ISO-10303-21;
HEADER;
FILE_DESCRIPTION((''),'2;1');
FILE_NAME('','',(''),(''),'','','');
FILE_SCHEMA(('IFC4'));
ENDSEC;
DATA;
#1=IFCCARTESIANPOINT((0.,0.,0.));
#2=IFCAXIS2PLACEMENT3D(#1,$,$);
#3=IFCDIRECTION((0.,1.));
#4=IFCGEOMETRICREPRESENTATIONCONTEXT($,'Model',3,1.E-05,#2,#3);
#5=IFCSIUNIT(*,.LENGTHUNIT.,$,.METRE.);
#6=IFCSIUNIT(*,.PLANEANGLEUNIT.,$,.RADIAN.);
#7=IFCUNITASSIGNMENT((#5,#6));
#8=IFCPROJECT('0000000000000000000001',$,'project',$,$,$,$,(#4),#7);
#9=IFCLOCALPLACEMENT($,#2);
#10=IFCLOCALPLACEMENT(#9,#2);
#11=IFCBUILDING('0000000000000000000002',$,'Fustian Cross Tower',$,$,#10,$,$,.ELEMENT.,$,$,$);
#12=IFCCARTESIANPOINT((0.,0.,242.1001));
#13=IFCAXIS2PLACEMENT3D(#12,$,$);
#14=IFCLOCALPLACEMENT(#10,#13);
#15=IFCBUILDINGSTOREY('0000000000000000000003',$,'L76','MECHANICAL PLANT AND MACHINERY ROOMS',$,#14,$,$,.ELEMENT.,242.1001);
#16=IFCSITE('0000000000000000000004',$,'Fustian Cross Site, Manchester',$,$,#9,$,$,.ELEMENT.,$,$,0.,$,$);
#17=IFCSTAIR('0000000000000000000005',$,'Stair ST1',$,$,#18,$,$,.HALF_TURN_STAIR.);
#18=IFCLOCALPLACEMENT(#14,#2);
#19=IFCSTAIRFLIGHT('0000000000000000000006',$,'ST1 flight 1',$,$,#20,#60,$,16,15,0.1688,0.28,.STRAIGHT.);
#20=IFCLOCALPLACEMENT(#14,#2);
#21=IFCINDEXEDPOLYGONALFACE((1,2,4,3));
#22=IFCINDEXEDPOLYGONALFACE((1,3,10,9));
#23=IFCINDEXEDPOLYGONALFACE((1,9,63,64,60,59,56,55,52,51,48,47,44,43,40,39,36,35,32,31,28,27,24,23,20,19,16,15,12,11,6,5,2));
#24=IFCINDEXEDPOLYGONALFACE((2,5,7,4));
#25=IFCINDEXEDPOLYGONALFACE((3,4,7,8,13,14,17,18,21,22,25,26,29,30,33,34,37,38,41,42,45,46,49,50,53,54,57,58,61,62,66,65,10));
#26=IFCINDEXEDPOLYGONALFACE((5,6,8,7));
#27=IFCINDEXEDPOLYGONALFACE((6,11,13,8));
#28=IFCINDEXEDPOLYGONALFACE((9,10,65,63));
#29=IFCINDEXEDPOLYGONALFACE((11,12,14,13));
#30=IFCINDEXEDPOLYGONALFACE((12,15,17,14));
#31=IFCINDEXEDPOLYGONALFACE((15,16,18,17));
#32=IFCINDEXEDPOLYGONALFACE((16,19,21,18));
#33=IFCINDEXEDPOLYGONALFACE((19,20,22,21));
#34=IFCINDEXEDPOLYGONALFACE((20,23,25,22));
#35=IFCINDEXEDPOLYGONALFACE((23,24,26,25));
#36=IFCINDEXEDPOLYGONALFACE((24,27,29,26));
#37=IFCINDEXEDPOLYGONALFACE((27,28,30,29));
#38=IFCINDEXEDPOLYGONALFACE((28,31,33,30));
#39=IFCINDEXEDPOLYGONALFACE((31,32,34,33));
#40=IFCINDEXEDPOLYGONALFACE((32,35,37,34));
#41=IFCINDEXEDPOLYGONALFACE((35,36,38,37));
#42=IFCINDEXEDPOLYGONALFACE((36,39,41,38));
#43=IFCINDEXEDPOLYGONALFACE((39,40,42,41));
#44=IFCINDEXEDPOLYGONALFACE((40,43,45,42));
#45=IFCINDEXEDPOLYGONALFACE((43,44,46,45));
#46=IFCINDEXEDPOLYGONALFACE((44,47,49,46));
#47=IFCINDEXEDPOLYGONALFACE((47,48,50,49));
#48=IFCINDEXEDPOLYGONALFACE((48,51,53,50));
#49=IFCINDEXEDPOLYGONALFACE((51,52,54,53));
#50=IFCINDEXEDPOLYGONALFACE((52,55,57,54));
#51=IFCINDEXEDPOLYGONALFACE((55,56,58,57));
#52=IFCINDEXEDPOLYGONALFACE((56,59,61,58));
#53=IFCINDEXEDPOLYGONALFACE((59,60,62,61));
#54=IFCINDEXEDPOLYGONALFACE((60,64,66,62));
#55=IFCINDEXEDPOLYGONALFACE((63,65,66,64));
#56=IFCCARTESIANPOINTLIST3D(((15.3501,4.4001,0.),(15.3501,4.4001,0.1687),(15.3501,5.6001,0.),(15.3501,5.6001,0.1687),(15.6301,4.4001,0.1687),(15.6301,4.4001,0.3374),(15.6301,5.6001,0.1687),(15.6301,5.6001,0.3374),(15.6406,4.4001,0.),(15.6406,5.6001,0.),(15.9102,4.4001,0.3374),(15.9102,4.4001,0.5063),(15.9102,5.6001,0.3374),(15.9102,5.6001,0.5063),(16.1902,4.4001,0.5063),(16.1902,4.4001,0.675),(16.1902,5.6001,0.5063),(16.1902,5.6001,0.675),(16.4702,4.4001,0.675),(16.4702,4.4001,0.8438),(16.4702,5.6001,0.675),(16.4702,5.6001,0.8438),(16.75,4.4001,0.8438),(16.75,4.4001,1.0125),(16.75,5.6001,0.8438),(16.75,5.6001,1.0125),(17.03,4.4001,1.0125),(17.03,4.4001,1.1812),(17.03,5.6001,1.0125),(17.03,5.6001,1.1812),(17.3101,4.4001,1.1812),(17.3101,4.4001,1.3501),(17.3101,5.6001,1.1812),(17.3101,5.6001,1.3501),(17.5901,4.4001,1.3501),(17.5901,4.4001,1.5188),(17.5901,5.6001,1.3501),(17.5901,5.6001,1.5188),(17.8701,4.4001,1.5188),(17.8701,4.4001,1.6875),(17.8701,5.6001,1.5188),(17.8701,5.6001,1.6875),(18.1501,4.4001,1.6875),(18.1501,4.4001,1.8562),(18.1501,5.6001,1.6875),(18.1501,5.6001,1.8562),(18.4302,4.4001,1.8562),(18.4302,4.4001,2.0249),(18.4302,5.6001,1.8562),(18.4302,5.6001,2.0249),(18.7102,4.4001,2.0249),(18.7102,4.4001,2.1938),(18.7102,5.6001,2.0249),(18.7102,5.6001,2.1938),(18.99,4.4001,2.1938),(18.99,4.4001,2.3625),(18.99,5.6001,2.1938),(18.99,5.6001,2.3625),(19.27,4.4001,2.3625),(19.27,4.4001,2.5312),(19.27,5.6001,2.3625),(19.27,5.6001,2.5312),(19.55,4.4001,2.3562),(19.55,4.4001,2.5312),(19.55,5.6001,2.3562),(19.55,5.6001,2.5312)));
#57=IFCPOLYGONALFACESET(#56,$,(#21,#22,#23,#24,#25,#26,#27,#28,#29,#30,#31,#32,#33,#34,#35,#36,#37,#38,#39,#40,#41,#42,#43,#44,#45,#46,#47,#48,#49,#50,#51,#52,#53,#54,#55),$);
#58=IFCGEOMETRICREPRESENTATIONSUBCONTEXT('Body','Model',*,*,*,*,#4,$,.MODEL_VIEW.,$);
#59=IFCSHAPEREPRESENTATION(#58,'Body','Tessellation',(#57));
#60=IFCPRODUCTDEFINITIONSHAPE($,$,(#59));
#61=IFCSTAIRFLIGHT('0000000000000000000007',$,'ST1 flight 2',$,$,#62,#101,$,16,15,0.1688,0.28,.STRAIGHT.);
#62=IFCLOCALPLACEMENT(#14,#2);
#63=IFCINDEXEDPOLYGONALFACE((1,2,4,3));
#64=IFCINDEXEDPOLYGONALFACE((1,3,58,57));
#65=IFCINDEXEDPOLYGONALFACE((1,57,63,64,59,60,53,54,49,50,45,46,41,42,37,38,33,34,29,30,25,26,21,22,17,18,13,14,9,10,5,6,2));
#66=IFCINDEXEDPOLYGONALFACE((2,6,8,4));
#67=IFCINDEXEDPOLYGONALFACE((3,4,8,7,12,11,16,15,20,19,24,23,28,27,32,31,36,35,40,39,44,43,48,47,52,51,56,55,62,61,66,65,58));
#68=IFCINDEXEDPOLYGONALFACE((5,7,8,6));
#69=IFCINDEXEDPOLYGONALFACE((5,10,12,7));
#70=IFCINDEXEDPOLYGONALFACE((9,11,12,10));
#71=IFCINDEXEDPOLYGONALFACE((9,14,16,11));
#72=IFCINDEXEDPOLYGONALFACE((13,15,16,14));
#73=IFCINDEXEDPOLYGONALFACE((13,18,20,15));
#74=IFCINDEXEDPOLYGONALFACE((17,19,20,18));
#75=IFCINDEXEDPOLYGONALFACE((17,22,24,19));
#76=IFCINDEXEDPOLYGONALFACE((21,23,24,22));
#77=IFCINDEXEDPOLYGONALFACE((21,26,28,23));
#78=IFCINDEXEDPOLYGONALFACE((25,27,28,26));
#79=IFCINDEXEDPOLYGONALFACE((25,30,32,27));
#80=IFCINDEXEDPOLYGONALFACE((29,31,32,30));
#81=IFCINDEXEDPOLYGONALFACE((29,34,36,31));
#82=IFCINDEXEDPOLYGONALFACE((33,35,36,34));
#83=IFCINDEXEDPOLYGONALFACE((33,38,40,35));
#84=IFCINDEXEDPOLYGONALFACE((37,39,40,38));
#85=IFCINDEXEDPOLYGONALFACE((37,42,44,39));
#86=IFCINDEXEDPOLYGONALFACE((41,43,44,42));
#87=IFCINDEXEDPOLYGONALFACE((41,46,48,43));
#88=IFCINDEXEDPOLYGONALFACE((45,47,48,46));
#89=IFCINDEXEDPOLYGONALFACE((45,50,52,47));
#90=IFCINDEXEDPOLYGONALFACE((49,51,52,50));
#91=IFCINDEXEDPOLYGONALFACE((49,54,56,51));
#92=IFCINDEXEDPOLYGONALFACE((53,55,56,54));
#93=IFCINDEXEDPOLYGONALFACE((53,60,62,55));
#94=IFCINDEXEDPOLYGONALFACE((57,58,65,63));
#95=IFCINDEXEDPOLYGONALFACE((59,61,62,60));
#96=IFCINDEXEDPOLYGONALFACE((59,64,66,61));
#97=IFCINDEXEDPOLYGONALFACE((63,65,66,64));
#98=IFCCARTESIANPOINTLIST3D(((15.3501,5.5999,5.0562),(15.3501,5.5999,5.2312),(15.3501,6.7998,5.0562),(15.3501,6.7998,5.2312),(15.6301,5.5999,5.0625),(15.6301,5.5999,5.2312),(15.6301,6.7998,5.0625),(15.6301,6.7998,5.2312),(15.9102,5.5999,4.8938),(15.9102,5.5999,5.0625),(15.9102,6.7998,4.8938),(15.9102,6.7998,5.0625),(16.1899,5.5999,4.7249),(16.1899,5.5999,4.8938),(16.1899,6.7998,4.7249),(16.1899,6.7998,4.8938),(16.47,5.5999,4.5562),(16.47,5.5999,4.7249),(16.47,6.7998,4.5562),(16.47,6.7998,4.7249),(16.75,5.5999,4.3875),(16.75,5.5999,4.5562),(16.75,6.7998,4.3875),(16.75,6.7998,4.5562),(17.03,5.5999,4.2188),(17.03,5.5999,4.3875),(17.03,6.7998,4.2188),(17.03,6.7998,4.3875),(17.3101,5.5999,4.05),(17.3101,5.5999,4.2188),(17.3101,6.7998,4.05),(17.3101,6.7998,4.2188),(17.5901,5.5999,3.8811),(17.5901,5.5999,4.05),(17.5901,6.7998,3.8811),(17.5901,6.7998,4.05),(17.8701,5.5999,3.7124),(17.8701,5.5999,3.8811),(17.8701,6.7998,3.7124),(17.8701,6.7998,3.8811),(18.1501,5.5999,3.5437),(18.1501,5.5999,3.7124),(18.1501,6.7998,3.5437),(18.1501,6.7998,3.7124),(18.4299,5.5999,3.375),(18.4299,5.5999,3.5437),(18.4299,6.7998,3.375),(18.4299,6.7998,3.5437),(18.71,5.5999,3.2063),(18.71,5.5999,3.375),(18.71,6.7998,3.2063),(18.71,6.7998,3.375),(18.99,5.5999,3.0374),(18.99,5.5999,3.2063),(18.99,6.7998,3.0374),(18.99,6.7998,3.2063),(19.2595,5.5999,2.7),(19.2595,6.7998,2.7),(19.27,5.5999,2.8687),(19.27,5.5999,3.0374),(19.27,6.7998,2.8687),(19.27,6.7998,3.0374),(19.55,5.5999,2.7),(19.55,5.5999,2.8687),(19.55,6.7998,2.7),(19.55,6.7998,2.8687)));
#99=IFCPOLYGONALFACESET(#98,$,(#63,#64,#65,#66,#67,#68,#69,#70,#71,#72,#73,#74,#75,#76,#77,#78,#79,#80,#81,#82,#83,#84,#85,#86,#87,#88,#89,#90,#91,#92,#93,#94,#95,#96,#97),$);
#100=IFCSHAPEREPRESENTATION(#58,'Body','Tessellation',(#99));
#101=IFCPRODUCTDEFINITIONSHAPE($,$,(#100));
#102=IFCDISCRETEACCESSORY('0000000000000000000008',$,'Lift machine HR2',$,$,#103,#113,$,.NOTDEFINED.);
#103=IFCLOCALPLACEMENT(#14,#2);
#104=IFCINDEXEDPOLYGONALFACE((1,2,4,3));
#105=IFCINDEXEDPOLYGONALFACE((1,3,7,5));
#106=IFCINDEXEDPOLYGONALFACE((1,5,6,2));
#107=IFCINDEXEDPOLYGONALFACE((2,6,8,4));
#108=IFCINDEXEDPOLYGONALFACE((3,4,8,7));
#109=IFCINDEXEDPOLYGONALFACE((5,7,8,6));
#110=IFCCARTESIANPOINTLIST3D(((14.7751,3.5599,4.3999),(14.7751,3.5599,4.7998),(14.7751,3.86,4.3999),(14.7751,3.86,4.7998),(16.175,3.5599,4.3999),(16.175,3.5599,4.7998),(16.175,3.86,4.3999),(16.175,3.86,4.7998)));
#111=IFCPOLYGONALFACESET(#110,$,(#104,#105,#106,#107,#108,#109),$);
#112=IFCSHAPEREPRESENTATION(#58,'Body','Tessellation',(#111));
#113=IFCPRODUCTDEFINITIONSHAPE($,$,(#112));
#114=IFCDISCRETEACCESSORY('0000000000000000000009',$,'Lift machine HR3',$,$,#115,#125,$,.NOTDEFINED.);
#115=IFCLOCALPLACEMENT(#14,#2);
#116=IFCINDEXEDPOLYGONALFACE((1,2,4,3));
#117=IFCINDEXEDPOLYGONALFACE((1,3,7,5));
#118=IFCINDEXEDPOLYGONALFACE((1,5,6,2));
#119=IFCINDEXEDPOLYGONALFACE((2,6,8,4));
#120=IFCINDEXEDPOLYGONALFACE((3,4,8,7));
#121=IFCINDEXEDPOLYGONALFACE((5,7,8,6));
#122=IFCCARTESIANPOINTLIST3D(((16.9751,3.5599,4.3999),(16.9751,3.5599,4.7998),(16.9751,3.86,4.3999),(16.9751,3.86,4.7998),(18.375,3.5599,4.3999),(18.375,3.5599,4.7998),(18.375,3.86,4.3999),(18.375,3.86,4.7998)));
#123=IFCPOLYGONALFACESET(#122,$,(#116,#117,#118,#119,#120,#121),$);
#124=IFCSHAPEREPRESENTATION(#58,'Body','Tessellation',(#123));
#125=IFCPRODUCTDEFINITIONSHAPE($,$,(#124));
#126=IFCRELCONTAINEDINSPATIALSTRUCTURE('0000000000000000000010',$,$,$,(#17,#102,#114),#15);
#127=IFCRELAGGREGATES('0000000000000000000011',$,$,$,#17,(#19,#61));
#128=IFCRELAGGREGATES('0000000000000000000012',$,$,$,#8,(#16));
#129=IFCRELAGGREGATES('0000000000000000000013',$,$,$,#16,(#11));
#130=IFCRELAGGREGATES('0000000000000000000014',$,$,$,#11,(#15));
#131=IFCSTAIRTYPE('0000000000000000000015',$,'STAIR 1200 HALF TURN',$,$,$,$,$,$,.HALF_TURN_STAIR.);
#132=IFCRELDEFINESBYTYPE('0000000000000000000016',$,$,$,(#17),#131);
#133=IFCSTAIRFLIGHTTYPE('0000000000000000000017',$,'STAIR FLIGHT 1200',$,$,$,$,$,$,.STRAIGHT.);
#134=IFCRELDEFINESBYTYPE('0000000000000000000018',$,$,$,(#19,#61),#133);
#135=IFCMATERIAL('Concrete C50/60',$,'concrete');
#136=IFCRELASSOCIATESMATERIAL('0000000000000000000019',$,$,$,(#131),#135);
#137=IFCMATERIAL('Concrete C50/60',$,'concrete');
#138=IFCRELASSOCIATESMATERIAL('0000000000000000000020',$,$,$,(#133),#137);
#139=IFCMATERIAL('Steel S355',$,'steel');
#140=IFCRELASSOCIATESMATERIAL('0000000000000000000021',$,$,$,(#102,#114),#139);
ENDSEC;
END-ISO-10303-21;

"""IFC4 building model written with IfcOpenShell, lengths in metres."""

from ifc_helpers import new_model, si_unit, direction, frame, origin, origin_2d, place, context, subcontext, project, spatial, polyline, rectangle, outline, extrude, material, type_object, element, aggregate, save


model = new_model("IFC4")

# Units and contexts
model_context = context("Model", 3, precision=1e-05, world=origin(), true_north=direction((0.0, 1.0)))
body_context = subcontext(model_context, "Body", "Model", "MODEL_VIEW")
ifc_project = project(units=[si_unit("LENGTHUNIT", "METRE"), si_unit("PLANEANGLEUNIT", "RADIAN")], contexts=[model_context])

# Site, building, storey
site_placement = place(None, origin())
site = spatial("IfcSite", under=ifc_project, at=site_placement, Name="Fustian Cross Site, Manchester", CompositionType="ELEMENT", RefElevation=0.0)
building_placement = place(site_placement, origin())
building = spatial("IfcBuilding", under=site, at=building_placement, Name="Fustian Cross Tower", CompositionType="ELEMENT")
storey_placement = place(building_placement, frame((0.0, 0.0, 242.1001)))
storey = spatial("IfcBuildingStorey", under=building, at=storey_placement, Name="L76", Description="MECHANICAL PLANT AND MACHINERY ROOMS", CompositionType="ELEMENT", Elevation=242.1001)

# Stair, stair flights
ifc_material_1 = material(Name="Concrete C50/60", Category="concrete")
stair_type = type_object("IfcStairType", Name="STAIR 1200 HALF TURN", PredefinedType="HALF_TURN_STAIR", material=ifc_material_1)
stair_placement = place(storey_placement, origin())
stair = element("IfcStair", 1, at=stair_placement, inside=storey, type_object=stair_type, Name="Stair ST1", PredefinedType="HALF_TURN_STAIR")
ifc_material_2 = material(Name="Concrete C50/60", Category="concrete")
stair_flight_type = type_object("IfcStairFlightType", Name="STAIR FLIGHT 1200", PredefinedType="STRAIGHT", material=ifc_material_2)
stair_flight_1_placement = place(storey_placement, frame((15.3501, 5.0, 0.0), z_axis=(0.0, 0.0, 1.0), x_axis=(1.0, 0.0, 0.0)))
stair_flight_1 = element("IfcStairFlight", 2, at=stair_flight_1_placement, type_object=stair_flight_type, Name="ST1 flight 1", NumberOfRisers=16, NumberOfTreads=15, PredefinedType="STRAIGHT", RiserHeight=0.1688, TreadLength=0.28, context=body_context, shape_type="SweptSolid", body=[
    extrude(outline(polyline([(0.0, 0.0), (0.0, 0.1687), (0.28, 0.1687), (0.28, 0.3374), (0.5601, 0.3374), (0.5601, 0.5063), (0.8401, 0.5063), (0.8401, 0.675), (1.1201, 0.675), (1.1201, 0.8438), (1.3999, 0.8438), (1.3999, 1.0125), (1.6799, 1.0125), (1.6799, 1.1812), (1.96, 1.1812), (1.96, 1.3501), (2.24, 1.3501), (2.24, 1.5188), (2.52, 1.5188), (2.52, 1.6875), (2.8, 1.6875), (2.8, 1.8562), (3.0801, 1.8562), (3.0801, 2.0249), (3.3601, 2.0249), (3.3601, 2.1938), (3.6399, 2.1938), (3.6399, 2.3625), (3.9199, 2.3625), (3.9199, 2.5312), (4.2, 2.5312), (4.2, 2.7), (4.2, 2.3562), (0.2905, 0.0), (0.0, 0.0)])), frame((0.0, 0.6001, 0.0), z_axis=(0.0, -1.0, 0.0), x_axis=(1.0, 0.0, 0.0)), (0.0, 0.0, 1.0), 1.2),
])
stair_flight_2_placement = place(storey_placement, frame((19.55, 6.2, 2.7), z_axis=(0.0, 0.0, 1.0), x_axis=(-1.0, 0.0, 0.0)))
stair_flight_2 = element("IfcStairFlight", 3, at=stair_flight_2_placement, type_object=stair_flight_type, Name="ST1 flight 2", NumberOfRisers=16, NumberOfTreads=15, PredefinedType="STRAIGHT", RiserHeight=0.1688, TreadLength=0.28, context=body_context, shape_type="SweptSolid", body=[
    extrude(outline(polyline([(0.0, 0.0), (0.0, 0.1687), (0.28, 0.1687), (0.28, 0.3374), (0.5601, 0.3374), (0.5601, 0.5063), (0.8401, 0.5063), (0.8401, 0.675), (1.1201, 0.675), (1.1201, 0.8438), (1.3999, 0.8438), (1.3999, 1.0125), (1.6799, 1.0125), (1.6799, 1.1812), (1.96, 1.1812), (1.96, 1.3501), (2.24, 1.3501), (2.24, 1.5188), (2.52, 1.5188), (2.52, 1.6875), (2.8, 1.6875), (2.8, 1.8562), (3.0801, 1.8562), (3.0801, 2.0249), (3.3601, 2.0249), (3.3601, 2.1938), (3.6399, 2.1938), (3.6399, 2.3625), (3.9199, 2.3625), (3.9199, 2.5312), (4.2, 2.5312), (4.2, 2.7), (4.2, 2.3562), (0.2905, 0.0), (0.0, 0.0)])), frame((0.0, 0.6001, 0.0), z_axis=(0.0, -1.0, 0.0), x_axis=(1.0, 0.0, 0.0)), (0.0, 0.0, 1.0), 1.2),
])
aggregate(stair, [stair_flight_1, stair_flight_2])

# Discrete accessories
ifc_material_3 = material(Name="Steel S355", Category="steel")
for number, where, z_axis, x_axis, name in (
    (4, (15.4751, 3.71, 4.3999), (0.0, 0.0, 1.0), (1.0, 0.0, 0.0), "Lift machine HR2"),
    (5, (17.675, 3.71, 4.3999), (0.0, 0.0, 1.0), (1.0, 0.0, 0.0), "Lift machine HR3"),
):
    element("IfcDiscreteAccessory", number, at=place(storey_placement, frame(where, z_axis=z_axis, x_axis=x_axis)), inside=storey, material=ifc_material_3, Name=name, PredefinedType="NOTDEFINED", context=body_context, shape_type="SweptSolid", body=[
        extrude(rectangle(XDim=1.3999, YDim=0.3, at=origin_2d()), origin(), (0.0, 0.0, 1.0), 0.3999),
    ])

save(model, "model.ifc")
